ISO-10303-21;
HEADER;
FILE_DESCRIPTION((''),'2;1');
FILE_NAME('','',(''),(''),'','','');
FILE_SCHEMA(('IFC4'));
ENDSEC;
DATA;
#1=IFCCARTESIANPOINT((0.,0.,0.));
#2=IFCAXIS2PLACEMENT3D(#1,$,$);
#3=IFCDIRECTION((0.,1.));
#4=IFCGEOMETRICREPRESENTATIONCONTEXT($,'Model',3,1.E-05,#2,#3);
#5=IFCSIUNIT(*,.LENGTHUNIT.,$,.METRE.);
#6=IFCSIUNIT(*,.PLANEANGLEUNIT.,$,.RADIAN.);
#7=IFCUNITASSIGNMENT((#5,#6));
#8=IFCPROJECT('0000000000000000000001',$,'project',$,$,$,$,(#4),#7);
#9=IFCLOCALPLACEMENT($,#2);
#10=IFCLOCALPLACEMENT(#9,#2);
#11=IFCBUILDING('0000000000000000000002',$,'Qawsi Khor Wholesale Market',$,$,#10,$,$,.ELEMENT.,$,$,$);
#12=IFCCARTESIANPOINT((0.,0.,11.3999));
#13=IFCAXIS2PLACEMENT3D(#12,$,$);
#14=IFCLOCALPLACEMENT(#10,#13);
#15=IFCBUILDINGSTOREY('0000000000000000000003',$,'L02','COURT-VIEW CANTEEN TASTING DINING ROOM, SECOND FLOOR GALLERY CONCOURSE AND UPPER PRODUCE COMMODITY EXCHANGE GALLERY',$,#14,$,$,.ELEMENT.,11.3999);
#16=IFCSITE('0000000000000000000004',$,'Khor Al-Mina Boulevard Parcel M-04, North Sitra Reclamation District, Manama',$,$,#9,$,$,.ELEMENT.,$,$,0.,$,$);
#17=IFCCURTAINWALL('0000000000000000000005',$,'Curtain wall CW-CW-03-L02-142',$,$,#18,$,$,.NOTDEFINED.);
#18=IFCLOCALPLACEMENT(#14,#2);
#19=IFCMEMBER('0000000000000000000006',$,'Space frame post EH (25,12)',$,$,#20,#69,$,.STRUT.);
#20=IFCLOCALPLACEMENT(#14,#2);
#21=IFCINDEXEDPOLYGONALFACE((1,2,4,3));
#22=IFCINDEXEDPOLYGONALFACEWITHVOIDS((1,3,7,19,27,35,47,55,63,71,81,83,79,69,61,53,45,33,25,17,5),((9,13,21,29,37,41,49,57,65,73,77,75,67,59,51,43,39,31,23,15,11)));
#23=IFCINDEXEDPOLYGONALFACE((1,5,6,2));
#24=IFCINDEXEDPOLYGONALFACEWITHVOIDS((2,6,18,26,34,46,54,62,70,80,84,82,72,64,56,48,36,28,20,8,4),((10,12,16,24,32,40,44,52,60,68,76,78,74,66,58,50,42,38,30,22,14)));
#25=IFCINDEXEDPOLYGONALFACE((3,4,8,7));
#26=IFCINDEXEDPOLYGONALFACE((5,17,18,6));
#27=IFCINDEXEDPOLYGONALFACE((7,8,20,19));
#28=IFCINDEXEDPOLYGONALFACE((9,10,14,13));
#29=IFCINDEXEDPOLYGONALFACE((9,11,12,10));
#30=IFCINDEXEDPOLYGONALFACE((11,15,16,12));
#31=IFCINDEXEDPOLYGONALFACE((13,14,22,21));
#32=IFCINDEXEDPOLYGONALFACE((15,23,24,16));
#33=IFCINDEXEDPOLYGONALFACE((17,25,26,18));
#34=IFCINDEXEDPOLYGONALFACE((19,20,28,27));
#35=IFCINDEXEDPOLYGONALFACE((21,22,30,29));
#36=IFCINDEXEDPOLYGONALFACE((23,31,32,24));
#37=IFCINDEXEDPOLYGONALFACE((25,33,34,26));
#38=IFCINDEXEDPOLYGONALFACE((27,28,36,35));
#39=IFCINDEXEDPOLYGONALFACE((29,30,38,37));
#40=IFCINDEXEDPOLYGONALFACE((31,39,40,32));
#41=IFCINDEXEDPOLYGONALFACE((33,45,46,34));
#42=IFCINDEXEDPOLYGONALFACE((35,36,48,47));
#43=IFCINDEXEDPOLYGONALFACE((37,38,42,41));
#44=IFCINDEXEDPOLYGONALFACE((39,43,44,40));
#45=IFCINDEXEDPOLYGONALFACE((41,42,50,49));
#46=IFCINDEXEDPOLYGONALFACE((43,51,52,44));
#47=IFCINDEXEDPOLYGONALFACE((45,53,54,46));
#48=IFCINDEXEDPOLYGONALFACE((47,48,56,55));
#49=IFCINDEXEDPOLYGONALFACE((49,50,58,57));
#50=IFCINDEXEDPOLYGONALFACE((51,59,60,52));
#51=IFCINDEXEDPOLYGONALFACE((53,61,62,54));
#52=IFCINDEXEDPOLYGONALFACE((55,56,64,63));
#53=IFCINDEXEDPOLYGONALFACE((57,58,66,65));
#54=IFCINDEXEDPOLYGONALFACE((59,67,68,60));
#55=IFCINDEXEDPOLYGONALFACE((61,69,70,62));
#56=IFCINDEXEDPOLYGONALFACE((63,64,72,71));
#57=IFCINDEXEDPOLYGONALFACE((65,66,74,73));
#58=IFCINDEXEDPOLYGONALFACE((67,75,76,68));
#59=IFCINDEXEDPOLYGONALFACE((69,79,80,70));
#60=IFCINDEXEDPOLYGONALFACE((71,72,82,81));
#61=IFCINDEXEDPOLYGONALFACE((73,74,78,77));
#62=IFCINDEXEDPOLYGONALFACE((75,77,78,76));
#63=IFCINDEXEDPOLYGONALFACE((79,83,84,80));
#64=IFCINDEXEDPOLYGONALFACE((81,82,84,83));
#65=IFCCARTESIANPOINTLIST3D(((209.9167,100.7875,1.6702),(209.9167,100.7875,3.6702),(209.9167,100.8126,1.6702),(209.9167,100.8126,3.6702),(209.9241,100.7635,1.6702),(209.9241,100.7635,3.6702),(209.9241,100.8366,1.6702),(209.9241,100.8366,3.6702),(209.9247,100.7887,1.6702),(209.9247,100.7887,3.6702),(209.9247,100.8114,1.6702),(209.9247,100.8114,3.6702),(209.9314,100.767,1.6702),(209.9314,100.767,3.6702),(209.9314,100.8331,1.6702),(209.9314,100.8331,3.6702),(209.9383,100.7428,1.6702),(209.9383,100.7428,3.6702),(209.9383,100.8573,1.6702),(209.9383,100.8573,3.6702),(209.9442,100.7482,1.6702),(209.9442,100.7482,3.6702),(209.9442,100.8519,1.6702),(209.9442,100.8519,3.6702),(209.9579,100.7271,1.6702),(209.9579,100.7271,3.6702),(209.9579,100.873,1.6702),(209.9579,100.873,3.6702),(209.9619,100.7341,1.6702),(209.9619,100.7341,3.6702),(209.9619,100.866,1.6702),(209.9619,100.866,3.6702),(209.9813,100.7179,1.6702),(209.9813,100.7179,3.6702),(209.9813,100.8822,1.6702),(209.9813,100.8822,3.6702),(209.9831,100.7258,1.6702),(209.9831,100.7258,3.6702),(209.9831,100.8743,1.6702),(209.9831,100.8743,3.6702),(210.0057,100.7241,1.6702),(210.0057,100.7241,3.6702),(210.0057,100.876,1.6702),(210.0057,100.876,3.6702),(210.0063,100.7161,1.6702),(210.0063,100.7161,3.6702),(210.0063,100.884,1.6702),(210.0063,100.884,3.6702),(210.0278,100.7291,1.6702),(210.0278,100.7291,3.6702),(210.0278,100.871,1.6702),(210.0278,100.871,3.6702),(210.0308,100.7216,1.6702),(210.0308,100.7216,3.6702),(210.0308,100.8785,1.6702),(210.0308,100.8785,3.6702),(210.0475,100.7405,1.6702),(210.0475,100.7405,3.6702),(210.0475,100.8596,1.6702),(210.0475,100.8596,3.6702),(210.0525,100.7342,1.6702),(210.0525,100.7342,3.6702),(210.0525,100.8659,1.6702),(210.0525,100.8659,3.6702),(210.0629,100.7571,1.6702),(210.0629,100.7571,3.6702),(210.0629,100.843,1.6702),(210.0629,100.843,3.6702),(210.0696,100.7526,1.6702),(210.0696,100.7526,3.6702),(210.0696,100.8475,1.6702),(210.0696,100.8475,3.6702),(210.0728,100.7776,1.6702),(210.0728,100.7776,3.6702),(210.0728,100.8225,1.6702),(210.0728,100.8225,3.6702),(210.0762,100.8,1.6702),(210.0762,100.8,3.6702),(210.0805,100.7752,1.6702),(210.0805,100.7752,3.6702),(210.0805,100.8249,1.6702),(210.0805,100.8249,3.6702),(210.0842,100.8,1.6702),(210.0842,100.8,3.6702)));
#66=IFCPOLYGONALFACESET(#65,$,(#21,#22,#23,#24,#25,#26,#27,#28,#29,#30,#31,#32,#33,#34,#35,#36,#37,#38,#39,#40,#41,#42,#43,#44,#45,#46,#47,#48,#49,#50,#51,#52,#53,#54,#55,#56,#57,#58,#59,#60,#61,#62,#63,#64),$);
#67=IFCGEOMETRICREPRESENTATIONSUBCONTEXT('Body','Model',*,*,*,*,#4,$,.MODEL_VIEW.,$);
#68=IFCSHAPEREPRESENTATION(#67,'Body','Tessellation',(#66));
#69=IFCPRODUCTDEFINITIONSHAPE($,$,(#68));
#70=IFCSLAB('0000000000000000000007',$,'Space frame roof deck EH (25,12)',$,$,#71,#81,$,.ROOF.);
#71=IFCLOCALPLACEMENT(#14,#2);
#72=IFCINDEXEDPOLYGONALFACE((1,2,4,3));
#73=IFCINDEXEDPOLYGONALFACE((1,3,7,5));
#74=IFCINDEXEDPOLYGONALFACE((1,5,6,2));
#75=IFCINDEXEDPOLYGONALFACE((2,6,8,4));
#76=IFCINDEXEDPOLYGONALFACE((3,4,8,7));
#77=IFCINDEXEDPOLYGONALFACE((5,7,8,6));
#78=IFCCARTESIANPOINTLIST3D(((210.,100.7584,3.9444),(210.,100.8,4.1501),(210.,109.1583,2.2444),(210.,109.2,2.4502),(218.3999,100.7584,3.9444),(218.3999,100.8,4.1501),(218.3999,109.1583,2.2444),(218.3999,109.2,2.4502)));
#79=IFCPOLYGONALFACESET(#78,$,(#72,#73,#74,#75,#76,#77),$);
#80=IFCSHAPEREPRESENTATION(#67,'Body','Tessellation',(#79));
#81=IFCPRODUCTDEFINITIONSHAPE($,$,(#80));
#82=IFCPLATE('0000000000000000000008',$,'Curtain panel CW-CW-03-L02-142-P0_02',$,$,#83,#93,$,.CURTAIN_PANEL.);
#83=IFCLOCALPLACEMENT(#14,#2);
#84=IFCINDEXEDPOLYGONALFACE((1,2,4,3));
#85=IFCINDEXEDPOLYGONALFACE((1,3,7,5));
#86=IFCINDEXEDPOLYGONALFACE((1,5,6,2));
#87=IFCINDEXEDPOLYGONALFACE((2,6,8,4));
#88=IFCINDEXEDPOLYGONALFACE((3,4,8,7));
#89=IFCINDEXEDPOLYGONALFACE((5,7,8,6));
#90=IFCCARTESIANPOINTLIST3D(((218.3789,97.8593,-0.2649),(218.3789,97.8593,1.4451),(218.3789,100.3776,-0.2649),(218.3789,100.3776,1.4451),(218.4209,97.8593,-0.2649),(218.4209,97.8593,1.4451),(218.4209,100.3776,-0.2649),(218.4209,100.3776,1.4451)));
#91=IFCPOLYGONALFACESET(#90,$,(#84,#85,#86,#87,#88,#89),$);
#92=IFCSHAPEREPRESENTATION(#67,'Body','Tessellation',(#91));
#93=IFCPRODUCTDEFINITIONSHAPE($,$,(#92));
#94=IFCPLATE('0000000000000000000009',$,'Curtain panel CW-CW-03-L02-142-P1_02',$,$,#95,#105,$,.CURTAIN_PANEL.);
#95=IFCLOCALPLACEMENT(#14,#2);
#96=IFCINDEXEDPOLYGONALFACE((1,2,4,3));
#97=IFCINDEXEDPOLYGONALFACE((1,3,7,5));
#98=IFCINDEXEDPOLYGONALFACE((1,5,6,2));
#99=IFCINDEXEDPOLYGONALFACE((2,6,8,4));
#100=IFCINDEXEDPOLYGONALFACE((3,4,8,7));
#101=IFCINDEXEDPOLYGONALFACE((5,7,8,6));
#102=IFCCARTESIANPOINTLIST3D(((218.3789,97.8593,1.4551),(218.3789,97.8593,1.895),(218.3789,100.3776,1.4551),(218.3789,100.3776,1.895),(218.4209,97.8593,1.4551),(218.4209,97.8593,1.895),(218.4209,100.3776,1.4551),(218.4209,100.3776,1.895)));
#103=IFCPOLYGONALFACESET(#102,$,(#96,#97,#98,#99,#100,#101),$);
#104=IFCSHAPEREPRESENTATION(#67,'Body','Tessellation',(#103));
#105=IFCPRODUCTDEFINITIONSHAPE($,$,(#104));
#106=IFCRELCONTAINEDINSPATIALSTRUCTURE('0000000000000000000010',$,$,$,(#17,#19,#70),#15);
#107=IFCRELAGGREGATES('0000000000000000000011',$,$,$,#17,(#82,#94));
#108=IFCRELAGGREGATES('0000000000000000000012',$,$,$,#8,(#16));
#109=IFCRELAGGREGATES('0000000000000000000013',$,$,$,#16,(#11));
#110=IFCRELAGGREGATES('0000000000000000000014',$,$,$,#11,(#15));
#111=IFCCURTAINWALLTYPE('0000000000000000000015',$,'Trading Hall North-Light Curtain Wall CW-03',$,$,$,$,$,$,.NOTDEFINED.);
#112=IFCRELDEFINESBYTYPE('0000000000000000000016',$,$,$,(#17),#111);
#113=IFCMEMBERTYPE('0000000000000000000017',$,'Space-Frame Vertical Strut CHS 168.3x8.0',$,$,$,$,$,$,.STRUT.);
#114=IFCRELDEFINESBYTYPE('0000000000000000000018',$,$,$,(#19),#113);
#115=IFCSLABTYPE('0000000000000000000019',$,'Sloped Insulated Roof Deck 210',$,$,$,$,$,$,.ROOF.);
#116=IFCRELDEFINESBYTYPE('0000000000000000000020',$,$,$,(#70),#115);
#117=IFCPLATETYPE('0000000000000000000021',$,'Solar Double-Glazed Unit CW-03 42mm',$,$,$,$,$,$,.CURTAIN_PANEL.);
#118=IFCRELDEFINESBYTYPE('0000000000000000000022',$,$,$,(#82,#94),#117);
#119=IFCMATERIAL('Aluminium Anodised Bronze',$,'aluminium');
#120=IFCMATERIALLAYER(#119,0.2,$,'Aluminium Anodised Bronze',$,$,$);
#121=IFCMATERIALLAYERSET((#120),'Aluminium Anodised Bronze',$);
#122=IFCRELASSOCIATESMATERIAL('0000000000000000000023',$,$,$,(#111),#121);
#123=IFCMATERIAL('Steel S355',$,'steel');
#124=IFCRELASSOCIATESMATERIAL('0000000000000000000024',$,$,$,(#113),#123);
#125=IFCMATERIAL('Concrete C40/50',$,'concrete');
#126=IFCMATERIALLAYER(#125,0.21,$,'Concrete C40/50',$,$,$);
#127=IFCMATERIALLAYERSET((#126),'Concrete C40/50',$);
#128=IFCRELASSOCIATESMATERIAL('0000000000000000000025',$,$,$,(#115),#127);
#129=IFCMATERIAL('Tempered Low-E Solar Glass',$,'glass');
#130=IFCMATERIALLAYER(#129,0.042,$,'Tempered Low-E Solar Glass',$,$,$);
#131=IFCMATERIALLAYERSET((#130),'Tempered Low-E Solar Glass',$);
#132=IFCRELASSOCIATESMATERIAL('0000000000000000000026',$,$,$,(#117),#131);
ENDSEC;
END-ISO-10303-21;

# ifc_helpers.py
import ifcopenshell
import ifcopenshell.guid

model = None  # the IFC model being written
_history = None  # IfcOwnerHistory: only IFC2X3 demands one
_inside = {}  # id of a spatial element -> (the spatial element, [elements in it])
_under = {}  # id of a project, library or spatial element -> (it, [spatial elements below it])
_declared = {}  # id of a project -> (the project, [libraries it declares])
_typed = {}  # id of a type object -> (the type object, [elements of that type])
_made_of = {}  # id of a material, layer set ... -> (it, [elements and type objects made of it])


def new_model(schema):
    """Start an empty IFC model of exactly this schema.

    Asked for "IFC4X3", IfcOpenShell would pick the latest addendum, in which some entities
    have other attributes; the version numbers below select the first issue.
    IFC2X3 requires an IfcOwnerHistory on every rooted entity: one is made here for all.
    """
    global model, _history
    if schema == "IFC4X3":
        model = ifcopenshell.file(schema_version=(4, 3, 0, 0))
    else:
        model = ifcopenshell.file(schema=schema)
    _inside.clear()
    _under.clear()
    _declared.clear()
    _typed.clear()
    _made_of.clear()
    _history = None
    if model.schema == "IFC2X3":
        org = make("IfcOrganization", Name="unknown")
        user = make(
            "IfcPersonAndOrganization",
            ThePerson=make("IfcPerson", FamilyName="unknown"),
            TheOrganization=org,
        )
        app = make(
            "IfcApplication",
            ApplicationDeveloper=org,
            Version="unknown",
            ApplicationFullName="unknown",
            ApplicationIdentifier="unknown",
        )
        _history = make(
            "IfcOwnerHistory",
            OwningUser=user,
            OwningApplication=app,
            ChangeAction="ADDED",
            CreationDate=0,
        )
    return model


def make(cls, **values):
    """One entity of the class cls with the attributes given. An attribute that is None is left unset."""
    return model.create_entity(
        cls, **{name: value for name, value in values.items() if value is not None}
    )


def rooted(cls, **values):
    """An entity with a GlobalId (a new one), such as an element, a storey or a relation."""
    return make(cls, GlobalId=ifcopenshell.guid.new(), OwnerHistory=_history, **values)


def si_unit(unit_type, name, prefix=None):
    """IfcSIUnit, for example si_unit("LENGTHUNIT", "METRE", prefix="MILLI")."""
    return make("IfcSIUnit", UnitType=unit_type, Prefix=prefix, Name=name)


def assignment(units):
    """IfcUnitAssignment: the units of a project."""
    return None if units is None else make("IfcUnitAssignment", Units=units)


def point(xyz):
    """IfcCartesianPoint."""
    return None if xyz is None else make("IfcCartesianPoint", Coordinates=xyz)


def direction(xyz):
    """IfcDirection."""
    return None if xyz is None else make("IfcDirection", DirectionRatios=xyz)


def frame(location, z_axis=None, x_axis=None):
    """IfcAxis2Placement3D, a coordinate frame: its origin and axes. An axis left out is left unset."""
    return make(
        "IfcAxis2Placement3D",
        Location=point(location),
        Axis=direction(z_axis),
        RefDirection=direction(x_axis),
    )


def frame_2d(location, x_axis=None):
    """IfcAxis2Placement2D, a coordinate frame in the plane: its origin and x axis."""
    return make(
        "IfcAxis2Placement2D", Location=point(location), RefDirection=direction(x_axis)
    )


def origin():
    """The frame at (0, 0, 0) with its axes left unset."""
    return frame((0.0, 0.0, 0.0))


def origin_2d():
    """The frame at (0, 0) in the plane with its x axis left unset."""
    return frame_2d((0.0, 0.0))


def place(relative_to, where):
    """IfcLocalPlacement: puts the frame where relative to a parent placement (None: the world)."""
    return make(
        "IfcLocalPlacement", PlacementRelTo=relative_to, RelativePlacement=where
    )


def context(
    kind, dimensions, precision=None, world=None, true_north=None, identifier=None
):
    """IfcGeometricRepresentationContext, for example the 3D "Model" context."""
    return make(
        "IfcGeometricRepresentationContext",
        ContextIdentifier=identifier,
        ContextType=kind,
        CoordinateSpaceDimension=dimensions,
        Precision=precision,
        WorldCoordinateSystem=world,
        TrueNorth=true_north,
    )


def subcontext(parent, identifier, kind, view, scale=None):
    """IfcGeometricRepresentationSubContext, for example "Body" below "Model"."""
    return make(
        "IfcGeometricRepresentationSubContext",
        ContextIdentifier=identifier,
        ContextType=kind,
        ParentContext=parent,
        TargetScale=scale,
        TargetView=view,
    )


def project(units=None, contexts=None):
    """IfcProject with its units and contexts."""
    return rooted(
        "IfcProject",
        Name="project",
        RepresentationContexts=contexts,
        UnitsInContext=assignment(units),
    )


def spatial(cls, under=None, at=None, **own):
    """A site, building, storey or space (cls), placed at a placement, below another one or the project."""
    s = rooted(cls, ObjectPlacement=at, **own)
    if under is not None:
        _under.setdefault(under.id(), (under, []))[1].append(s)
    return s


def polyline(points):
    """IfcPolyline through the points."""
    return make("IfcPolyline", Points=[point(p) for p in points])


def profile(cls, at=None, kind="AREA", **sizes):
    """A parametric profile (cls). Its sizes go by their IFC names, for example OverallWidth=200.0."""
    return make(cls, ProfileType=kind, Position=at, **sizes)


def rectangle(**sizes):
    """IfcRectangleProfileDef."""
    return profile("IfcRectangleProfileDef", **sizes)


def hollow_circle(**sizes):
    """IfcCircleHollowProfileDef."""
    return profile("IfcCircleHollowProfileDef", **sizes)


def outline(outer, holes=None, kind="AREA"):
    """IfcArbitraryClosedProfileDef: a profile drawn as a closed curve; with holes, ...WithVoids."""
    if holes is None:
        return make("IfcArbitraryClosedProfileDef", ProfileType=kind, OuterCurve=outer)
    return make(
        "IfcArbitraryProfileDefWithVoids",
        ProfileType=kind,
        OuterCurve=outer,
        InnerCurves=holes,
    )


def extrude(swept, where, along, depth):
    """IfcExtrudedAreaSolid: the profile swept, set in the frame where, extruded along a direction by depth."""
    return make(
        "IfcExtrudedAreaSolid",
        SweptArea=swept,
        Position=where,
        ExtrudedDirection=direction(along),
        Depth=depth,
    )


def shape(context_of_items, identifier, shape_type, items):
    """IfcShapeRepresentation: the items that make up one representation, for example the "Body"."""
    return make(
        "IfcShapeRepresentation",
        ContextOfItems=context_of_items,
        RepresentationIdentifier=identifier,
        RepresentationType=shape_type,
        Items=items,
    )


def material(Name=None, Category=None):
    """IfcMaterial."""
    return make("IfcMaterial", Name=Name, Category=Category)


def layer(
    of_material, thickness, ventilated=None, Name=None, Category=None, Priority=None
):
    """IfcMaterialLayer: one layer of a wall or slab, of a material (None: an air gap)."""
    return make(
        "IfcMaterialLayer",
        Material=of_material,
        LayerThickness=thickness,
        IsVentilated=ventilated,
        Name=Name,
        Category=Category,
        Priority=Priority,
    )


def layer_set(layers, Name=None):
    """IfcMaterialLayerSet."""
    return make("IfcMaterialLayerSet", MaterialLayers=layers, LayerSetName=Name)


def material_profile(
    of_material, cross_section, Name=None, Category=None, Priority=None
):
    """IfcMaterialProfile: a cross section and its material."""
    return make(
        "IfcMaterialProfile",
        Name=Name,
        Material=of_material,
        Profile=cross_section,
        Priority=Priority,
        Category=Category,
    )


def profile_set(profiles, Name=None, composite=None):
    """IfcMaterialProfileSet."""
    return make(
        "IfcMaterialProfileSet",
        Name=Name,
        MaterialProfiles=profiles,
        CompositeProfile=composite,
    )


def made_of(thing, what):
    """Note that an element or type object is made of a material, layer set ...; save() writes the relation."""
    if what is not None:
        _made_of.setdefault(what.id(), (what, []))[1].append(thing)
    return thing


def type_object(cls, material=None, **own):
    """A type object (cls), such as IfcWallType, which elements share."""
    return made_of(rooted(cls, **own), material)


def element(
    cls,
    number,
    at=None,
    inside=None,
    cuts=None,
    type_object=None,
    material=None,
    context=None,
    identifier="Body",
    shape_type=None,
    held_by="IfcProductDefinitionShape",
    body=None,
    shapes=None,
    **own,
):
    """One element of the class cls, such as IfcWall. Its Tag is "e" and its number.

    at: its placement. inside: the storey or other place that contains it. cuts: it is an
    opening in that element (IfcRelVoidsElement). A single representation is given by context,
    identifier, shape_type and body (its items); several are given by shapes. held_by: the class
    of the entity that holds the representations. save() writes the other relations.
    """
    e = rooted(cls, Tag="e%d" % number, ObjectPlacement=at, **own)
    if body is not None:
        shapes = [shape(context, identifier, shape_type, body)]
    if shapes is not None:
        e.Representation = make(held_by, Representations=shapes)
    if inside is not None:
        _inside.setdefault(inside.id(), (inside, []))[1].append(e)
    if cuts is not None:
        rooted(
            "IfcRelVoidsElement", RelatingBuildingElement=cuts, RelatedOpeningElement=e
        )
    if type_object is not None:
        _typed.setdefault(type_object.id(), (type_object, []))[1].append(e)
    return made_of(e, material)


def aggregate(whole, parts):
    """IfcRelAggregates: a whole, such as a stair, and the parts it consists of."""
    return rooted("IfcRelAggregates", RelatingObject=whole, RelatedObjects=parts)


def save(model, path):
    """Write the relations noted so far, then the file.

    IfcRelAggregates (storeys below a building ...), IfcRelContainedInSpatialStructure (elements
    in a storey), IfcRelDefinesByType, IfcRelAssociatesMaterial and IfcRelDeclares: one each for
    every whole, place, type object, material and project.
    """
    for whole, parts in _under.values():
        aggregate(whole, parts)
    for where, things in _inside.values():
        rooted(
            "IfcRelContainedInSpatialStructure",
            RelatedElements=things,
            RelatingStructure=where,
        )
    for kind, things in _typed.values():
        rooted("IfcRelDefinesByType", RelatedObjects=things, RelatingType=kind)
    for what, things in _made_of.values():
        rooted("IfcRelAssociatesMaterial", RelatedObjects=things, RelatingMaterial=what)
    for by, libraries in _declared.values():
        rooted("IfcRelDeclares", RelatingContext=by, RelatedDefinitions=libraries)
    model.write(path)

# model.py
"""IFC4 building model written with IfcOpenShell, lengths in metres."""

from ifc_helpers import new_model, si_unit, direction, frame, frame_2d, origin, origin_2d, place, context, subcontext, project, spatial, polyline, rectangle, hollow_circle, outline, extrude, material, layer, layer_set, material_profile, profile_set, type_object, element, aggregate, save


model = new_model("IFC4")

# Units and contexts
model_context = context("Model", 3, precision=1e-05, world=origin(), true_north=direction((0.0, 1.0)))
body_context = subcontext(model_context, "Body", "Model", "MODEL_VIEW")
ifc_project = project(units=[si_unit("LENGTHUNIT", "METRE"), si_unit("PLANEANGLEUNIT", "RADIAN")], contexts=[model_context])

# Site, building, storey
site_placement = place(None, origin())
site = spatial("IfcSite", under=ifc_project, at=site_placement, Name="Khor Al-Mina Boulevard Parcel M-04, North Sitra Reclamation District, Manama", CompositionType="ELEMENT", RefElevation=0.0)
building_placement = place(site_placement, origin())
building = spatial("IfcBuilding", under=site, at=building_placement, Name="Qawsi Khor Wholesale Market", CompositionType="ELEMENT")
storey_placement = place(building_placement, frame((0.0, 0.0, 11.3999)))
storey = spatial("IfcBuildingStorey", under=building, at=storey_placement, Name="L02", Description="COURT-VIEW CANTEEN TASTING DINING ROOM, SECOND FLOOR GALLERY CONCOURSE AND UPPER PRODUCE COMMODITY EXCHANGE GALLERY", CompositionType="ELEMENT", Elevation=11.3999)

# Shared definitions
ifc_material_1 = material(Name="Concrete C40/50", Category="concrete")

# Curtain wall
ifc_material_2 = material(Name="Aluminium Anodised Bronze", Category="aluminium")
ifc_layer_1 = layer(ifc_material_2, 0.2, Name="Aluminium Anodised Bronze")
ifc_layer_set_1 = layer_set([ifc_layer_1], Name="Aluminium Anodised Bronze")
curtain_wall_type = type_object("IfcCurtainWallType", Name="Trading Hall North-Light Curtain Wall CW-03", PredefinedType="NOTDEFINED", material=ifc_layer_set_1)
curtain_wall_1_placement = place(storey_placement, origin())
curtain_wall_1 = element("IfcCurtainWall", 1, at=curtain_wall_1_placement, inside=storey, type_object=curtain_wall_type, Name="Curtain wall CW-CW-03-L02-142", PredefinedType="NOTDEFINED")

# Member
ifc_material_3 = material(Name="Steel S355", Category="steel")
ifc_material_profile_1 = material_profile(ifc_material_3, hollow_circle(Radius=0.0842, WallThickness=0.0081, at=origin_2d()), Name="CHS 168.3x8.0")
ifc_profile_set_1 = profile_set([ifc_material_profile_1], Name="Steel S355")
member_type_1 = type_object("IfcMemberType", Name="Space-Frame Vertical Strut CHS 168.3x8.0", PredefinedType="STRUT", material=ifc_profile_set_1)
member_1_placement = place(storey_placement, frame((210.0, 100.8, 1.6702), z_axis=(0.0, 0.0, 1.0), x_axis=(1.0, 0.0, 0.0)))
element("IfcMember", 2, at=member_1_placement, inside=storey, type_object=member_type_1, Name="Space frame post EH (25,12)", PredefinedType="STRUT", context=body_context, shape_type="SweptSolid", body=[
    extrude(hollow_circle(Radius=0.0842, WallThickness=0.0081, at=origin_2d()), origin(), (0.0, 0.0, 1.0), 2.0),
])

# Slab
ifc_layer_2 = layer(ifc_material_1, 0.21, Name="Concrete C40/50")
ifc_layer_set_2 = layer_set([ifc_layer_2], Name="Concrete C40/50")
slab_type = type_object("IfcSlabType", Name="Sloped Insulated Roof Deck 210", PredefinedType="ROOF", material=ifc_layer_set_2)
slab_placement = place(storey_placement, frame((210.0, 100.8, 4.1501), z_axis=(0.0, 0.198356, 0.98013), x_axis=(1.0, 0.0, 0.0)))
element("IfcSlab", 3, at=slab_placement, inside=storey, type_object=slab_type, Name="Space frame roof deck EH (25,12)", PredefinedType="ROOF", context=body_context, shape_type="SweptSolid", body=[
    extrude(outline(polyline([(0.0, 0.0), (8.3999, 0.0), (8.3999, 8.5702), (0.0, 8.5702), (0.0, 0.0)])), origin(), (0.0, 0.0, -1.0), 0.21),
])

# Plates
ifc_material_4 = material(Name="Tempered Low-E Solar Glass", Category="glass")
ifc_layer_3 = layer(ifc_material_4, 0.042, Name="Tempered Low-E Solar Glass")
ifc_layer_set_3 = layer_set([ifc_layer_3], Name="Tempered Low-E Solar Glass")
plate_type = type_object("IfcPlateType", Name="Solar Double-Glazed Unit CW-03 42mm", PredefinedType="CURTAIN_PANEL", material=ifc_layer_set_3)
plate_1_placement = place(storey_placement, frame((218.3999, 97.8591, -0.2649), z_axis=(0.0, 0.0, 1.0), x_axis=(0.0, 1.0, 0.0)))
plate_1 = element("IfcPlate", 4, at=plate_1_placement, type_object=plate_type, Name="Curtain panel CW-CW-03-L02-142-P0_02", PredefinedType="CURTAIN_PANEL", context=body_context, shape_type="SweptSolid", body=[
    extrude(rectangle(XDim=2.5183, YDim=0.042, at=frame_2d((1.2593, 0.0))), origin(), (0.0, 0.0, 1.0), 1.71),
])
plate_2_placement = place(storey_placement, frame((218.3999, 97.8591, 1.4551), z_axis=(0.0, 0.0, 1.0), x_axis=(0.0, 1.0, 0.0)))
plate_2 = element("IfcPlate", 5, at=plate_2_placement, type_object=plate_type, Name="Curtain panel CW-CW-03-L02-142-P1_02", PredefinedType="CURTAIN_PANEL", context=body_context, shape_type="SweptSolid", body=[
    extrude(rectangle(XDim=2.5183, YDim=0.042, at=frame_2d((1.2593, 0.0))), origin(), (0.0, 0.0, 1.0), 0.4399),
])
aggregate(curtain_wall_1, [plate_1, plate_2])

save(model, "model.ifc")
